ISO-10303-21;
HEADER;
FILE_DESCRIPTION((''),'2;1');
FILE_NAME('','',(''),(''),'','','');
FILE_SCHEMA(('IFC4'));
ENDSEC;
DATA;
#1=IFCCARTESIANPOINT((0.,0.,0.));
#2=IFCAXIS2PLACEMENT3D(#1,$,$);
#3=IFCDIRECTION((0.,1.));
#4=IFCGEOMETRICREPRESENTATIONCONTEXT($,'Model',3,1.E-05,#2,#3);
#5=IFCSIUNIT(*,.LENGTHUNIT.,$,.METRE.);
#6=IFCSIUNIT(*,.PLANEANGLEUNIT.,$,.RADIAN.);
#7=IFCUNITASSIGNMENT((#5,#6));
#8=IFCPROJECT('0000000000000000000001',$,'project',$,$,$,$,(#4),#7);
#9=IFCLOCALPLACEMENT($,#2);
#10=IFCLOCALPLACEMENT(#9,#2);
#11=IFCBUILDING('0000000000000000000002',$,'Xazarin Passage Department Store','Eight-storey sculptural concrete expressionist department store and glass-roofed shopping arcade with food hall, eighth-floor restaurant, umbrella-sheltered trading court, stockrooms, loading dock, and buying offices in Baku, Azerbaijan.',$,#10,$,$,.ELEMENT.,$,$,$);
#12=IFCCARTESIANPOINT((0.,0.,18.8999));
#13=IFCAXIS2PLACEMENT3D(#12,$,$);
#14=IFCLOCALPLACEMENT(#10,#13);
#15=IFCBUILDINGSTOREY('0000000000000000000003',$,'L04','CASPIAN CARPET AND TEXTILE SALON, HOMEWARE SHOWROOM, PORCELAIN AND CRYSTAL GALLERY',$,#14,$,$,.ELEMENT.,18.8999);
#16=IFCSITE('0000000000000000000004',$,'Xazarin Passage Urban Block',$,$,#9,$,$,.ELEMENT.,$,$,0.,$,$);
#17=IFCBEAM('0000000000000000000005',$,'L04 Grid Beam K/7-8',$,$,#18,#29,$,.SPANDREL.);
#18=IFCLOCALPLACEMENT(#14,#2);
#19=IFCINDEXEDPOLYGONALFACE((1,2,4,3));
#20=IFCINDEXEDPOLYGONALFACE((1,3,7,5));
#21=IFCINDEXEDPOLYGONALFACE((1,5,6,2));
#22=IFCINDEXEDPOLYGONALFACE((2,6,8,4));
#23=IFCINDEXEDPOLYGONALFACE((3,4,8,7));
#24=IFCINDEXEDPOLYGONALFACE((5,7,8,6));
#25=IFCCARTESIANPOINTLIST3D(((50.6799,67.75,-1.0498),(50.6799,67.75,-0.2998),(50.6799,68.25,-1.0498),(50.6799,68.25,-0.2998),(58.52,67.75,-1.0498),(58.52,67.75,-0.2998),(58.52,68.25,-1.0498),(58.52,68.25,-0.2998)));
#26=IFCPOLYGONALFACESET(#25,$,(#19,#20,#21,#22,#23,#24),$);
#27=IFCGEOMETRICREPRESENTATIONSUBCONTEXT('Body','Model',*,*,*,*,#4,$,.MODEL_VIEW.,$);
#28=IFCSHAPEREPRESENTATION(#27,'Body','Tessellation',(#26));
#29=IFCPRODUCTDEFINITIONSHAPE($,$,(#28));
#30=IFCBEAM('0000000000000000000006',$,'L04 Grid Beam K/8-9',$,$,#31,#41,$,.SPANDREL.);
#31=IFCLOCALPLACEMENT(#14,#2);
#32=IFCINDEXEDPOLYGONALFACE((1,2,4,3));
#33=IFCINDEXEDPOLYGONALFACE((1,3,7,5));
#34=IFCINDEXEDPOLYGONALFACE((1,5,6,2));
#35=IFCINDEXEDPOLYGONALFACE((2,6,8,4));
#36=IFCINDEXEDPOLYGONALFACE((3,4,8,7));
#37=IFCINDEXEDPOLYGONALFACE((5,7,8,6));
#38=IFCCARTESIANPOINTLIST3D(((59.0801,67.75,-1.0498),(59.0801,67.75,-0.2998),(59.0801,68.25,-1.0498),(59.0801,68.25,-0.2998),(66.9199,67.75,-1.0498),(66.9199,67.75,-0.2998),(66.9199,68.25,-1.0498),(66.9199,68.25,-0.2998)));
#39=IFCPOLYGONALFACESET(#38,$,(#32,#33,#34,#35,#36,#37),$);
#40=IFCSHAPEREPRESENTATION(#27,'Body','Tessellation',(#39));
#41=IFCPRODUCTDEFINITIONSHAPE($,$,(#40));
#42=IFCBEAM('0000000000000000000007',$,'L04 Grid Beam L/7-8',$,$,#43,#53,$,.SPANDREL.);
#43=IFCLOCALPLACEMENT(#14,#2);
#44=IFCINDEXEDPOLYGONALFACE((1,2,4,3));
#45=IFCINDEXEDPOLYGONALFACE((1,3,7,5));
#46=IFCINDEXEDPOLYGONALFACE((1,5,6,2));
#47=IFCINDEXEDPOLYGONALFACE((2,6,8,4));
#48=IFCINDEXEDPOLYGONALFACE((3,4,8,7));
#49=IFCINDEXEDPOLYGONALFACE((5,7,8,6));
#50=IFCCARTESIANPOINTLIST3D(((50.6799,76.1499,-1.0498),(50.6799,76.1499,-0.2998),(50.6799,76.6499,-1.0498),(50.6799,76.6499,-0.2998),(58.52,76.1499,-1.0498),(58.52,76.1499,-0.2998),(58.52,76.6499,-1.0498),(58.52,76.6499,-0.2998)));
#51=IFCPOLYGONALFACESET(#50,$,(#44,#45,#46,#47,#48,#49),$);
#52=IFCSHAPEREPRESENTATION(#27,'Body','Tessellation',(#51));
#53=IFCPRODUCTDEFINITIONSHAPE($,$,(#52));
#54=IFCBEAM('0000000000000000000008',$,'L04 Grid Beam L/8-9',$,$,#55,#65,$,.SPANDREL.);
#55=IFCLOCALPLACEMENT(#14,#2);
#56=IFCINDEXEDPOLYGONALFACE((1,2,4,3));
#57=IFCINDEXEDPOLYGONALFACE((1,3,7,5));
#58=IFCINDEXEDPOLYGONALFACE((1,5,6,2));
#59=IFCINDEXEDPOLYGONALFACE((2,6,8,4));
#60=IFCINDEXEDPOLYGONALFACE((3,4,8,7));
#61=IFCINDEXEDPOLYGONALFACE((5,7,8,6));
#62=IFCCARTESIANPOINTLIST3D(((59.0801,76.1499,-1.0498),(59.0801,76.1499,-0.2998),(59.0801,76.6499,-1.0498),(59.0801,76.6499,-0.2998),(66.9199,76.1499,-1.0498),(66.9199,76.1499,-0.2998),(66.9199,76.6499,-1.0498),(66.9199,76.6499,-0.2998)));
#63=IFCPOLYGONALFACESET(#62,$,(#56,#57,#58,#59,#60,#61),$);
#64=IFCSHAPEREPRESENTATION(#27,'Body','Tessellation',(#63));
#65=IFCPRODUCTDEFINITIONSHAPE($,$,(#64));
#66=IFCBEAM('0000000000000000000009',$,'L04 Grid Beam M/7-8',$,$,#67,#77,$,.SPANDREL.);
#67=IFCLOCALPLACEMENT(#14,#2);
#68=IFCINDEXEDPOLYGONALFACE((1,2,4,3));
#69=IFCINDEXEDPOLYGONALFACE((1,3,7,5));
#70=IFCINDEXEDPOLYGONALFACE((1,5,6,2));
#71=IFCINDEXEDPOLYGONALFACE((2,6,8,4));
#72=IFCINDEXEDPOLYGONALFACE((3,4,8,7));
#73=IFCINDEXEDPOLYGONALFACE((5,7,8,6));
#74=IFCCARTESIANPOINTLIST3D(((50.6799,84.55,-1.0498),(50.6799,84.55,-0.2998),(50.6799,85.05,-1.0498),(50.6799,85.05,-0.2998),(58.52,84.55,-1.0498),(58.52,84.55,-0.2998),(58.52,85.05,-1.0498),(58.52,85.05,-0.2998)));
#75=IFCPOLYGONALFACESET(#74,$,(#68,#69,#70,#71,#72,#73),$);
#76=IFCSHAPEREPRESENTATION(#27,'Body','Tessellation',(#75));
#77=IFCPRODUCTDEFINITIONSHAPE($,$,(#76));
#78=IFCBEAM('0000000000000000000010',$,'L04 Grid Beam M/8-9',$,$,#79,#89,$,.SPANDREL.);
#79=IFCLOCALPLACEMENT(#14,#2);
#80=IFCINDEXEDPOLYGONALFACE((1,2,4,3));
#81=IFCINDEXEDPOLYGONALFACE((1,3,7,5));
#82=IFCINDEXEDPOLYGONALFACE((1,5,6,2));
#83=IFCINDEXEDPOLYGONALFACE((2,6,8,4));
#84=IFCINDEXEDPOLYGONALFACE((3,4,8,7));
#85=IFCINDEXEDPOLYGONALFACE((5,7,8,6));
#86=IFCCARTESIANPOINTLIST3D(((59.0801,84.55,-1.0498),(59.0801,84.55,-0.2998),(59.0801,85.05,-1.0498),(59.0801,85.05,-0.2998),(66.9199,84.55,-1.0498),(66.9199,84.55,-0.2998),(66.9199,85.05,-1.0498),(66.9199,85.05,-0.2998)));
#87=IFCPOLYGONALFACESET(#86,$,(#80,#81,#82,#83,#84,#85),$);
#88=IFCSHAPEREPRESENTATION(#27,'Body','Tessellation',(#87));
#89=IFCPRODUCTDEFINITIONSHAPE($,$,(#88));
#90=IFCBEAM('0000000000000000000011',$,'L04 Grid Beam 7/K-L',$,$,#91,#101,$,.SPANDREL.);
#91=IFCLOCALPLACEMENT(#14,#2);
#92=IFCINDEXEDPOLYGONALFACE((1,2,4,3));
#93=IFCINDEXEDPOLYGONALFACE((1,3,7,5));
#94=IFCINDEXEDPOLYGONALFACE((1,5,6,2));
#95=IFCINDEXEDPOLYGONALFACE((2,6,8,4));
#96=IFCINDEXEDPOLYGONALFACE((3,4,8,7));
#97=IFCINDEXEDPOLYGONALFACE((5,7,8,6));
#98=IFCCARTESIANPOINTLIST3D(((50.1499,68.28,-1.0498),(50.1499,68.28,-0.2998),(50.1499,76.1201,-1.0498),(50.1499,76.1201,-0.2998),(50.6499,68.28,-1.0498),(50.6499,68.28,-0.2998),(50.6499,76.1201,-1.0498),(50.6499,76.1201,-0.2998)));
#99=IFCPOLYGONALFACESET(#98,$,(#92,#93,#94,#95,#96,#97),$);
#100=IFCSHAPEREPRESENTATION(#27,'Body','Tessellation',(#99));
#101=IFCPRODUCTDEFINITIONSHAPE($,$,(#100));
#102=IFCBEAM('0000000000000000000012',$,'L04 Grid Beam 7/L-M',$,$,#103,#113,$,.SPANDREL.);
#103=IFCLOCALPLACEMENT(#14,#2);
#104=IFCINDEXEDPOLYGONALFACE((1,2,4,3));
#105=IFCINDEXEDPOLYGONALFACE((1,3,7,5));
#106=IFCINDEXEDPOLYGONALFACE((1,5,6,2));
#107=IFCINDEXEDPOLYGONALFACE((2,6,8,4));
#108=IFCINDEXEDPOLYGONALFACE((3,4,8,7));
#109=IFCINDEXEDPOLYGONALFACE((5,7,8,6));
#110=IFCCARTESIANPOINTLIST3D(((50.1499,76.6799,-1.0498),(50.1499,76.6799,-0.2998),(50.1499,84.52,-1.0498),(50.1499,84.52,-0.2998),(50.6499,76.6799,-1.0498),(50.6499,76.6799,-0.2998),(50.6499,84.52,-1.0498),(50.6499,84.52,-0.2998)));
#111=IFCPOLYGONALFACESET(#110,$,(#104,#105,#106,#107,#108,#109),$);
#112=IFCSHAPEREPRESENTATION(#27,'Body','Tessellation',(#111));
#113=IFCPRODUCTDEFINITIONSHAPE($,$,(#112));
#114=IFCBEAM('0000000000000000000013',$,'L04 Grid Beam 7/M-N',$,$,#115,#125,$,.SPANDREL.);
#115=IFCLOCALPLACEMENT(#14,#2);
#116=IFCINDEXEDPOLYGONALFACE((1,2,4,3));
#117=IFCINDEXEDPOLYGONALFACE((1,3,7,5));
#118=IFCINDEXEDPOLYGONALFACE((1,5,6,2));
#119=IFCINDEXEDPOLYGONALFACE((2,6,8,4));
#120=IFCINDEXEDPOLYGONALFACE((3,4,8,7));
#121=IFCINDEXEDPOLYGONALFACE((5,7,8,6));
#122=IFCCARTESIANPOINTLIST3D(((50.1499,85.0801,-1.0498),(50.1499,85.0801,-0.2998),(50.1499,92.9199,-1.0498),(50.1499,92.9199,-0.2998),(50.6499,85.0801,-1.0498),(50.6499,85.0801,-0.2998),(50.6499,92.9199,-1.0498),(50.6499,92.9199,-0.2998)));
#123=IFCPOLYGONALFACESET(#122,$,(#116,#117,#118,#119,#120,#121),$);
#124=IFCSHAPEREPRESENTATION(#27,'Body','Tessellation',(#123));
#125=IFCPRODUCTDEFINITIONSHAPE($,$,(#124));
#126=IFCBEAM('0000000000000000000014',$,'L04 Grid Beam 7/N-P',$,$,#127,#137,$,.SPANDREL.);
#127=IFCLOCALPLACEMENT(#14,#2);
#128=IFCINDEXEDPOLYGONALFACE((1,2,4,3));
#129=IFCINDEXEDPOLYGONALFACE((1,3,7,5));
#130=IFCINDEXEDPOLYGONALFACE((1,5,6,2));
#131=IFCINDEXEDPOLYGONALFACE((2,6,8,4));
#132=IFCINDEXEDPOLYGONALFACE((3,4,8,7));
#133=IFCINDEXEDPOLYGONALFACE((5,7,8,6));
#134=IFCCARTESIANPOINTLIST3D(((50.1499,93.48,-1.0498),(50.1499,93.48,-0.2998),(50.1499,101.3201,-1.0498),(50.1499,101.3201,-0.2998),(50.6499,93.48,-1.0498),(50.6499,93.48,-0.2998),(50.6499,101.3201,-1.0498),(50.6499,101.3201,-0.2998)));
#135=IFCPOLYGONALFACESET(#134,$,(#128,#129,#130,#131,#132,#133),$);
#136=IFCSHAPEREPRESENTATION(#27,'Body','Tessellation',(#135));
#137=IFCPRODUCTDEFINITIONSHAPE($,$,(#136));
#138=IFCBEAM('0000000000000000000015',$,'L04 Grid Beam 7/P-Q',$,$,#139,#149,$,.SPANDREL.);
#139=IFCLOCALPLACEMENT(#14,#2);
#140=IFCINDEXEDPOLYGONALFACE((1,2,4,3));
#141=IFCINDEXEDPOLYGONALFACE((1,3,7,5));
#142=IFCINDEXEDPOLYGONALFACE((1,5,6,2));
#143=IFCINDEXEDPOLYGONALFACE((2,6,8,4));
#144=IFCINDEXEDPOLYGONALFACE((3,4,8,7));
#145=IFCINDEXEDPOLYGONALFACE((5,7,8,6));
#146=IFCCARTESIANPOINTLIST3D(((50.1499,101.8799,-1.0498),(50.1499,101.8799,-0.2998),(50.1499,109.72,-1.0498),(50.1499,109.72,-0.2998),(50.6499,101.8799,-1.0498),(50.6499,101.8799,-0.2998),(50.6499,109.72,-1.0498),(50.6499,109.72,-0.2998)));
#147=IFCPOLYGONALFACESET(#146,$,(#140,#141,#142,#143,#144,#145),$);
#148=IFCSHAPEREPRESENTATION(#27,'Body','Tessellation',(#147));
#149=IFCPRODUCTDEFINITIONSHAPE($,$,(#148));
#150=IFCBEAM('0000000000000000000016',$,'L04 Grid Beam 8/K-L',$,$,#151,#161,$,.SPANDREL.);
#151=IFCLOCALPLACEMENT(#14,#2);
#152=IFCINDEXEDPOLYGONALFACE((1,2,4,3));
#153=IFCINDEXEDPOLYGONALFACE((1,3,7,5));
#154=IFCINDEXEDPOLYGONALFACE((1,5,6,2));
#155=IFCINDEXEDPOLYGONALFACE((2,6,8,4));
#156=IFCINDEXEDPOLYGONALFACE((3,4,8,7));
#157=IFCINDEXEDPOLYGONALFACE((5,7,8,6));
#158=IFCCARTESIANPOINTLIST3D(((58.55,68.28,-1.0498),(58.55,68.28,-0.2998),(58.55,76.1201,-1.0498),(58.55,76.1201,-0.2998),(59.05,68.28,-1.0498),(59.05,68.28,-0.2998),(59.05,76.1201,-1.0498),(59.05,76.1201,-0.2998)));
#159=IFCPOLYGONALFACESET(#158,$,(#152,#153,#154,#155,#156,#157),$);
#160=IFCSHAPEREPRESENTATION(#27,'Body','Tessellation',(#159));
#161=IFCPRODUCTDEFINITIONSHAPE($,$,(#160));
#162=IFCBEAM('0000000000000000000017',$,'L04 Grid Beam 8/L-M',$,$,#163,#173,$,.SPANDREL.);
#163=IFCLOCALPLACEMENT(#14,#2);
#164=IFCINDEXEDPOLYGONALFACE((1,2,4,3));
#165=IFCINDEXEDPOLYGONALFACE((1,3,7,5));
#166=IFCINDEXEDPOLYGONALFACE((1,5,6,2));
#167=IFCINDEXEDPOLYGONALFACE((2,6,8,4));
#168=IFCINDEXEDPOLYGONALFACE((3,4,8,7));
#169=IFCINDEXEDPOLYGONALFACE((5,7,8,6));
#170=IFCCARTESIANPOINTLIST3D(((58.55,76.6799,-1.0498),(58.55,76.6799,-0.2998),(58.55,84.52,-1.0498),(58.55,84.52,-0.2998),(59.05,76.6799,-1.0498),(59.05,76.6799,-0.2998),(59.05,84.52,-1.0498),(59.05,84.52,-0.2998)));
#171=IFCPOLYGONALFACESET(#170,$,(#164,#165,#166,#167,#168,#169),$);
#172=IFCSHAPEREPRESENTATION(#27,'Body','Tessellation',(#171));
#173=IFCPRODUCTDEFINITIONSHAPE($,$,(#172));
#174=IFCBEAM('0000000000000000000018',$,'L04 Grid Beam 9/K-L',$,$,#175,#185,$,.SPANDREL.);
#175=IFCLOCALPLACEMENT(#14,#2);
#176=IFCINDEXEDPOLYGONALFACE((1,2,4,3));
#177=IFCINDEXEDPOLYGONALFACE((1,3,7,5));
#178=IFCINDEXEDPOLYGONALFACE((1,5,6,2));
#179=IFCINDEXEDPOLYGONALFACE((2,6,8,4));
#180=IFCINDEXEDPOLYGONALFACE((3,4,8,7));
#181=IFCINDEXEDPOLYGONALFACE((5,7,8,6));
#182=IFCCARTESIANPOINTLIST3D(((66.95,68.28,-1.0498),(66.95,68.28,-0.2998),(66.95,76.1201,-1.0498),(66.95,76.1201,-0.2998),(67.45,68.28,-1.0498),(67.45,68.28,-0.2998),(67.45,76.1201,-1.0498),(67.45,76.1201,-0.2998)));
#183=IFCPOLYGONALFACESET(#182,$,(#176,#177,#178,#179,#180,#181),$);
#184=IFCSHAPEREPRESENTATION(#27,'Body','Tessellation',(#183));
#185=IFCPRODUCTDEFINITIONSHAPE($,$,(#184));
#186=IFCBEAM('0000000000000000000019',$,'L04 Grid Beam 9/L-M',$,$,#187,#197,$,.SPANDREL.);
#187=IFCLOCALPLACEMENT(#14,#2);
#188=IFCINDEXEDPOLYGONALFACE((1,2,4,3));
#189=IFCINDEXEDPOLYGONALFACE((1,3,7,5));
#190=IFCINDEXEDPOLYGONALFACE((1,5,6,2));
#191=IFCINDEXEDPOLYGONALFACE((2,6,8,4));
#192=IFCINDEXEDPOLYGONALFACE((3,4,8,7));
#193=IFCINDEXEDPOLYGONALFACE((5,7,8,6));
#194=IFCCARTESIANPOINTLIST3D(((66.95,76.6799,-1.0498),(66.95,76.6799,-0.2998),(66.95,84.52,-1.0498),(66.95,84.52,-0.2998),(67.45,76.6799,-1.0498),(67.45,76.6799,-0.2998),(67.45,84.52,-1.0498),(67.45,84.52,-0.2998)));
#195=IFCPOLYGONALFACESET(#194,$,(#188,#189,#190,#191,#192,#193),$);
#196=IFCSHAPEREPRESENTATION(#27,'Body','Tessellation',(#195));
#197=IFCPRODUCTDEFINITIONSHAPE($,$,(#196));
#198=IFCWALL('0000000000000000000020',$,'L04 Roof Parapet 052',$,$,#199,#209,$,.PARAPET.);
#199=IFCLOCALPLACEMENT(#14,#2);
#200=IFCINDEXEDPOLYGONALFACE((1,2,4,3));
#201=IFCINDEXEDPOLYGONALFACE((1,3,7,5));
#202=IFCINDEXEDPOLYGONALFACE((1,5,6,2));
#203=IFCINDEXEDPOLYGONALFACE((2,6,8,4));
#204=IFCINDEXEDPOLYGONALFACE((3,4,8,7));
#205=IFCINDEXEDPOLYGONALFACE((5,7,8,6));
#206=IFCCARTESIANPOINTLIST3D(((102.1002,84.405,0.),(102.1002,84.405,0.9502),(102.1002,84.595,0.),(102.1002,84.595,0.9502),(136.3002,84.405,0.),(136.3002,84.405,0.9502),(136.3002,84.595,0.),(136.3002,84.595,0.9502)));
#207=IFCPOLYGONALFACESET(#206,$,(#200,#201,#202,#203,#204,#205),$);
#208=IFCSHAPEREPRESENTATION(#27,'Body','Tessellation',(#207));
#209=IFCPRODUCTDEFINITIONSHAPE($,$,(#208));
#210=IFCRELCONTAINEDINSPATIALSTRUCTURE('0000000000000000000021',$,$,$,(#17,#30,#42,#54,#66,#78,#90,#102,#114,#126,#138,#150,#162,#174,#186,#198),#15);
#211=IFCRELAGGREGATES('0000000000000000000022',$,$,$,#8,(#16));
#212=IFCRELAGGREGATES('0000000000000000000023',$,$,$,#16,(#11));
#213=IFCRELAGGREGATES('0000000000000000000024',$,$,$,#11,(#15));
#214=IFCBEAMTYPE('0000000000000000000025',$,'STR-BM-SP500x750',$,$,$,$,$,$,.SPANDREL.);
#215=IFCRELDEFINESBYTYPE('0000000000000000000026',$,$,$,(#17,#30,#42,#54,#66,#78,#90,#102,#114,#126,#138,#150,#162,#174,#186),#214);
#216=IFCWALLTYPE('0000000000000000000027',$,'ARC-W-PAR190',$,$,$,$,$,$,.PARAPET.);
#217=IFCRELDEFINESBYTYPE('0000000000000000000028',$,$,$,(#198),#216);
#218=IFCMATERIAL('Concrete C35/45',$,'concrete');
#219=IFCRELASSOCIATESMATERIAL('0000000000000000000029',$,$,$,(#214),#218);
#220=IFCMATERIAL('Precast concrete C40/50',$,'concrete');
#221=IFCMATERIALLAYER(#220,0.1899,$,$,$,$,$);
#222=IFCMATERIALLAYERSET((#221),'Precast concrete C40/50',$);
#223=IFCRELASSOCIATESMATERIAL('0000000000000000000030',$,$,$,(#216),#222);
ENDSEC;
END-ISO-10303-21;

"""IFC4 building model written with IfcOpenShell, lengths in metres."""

from ifc_helpers import new_model, si_unit, direction, frame, frame_2d, origin, origin_2d, place, context, subcontext, project, spatial, rectangle, extrude, material, layer, layer_set, material_profile, profile_set, type_object, element, save


model = new_model("IFC4")

# Units and contexts
model_context = context("Model", 3, precision=1e-05, world=origin(), true_north=direction((0.0, 1.0)))
body_context = subcontext(model_context, "Body", "Model", "MODEL_VIEW")
ifc_project = project(units=[si_unit("LENGTHUNIT", "METRE"), si_unit("PLANEANGLEUNIT", "RADIAN")], contexts=[model_context])

# Site, building, storey
site_placement = place(None, origin())
site = spatial("IfcSite", under=ifc_project, at=site_placement, Name="Xazarin Passage Urban Block", CompositionType="ELEMENT", RefElevation=0.0)
building_placement = place(site_placement, origin())
building = spatial("IfcBuilding", under=site, at=building_placement, Name="Xazarin Passage Department Store", Description="Eight-storey sculptural concrete expressionist department store and glass-roofed shopping arcade with food hall, eighth-floor restaurant, umbrella-sheltered trading court, stockrooms, loading dock, and buying offices in Baku, Azerbaijan.", CompositionType="ELEMENT")
storey_placement = place(building_placement, frame((0.0, 0.0, 18.8999)))
storey = spatial("IfcBuildingStorey", under=building, at=storey_placement, Name="L04", Description="CASPIAN CARPET AND TEXTILE SALON, HOMEWARE SHOWROOM, PORCELAIN AND CRYSTAL GALLERY", CompositionType="ELEMENT", Elevation=18.8999)

# Beams
ifc_material_1 = material(Name="Concrete C35/45", Category="concrete")
ifc_material_profile = material_profile(ifc_material_1, rectangle(XDim=0.5, YDim=0.75, at=origin_2d()), Name="RC 500x750")
ifc_profile_set = profile_set([ifc_material_profile], Name="Concrete C35/45")
beam_type = type_object("IfcBeamType", Name="STR-BM-SP500x750", PredefinedType="SPANDREL", material=ifc_profile_set)
beam_1_placement = place(storey_placement, frame((50.6799, 68.0, -0.6748), z_axis=(1.0, 0.0, 0.0), x_axis=(0.0, 1.0, 0.0)))
element("IfcBeam", 1, at=beam_1_placement, inside=storey, type_object=beam_type, Name="L04 Grid Beam K/7-8", PredefinedType="SPANDREL", context=body_context, shape_type="SweptSolid", body=[
    extrude(rectangle(XDim=0.5, YDim=0.75, at=origin_2d()), origin(), (0.0, 0.0, 1.0), 7.8401),
])
beam_2_placement = place(storey_placement, frame((59.0801, 68.0, -0.6748), z_axis=(1.0, 0.0, 0.0), x_axis=(0.0, 1.0, 0.0)))
element("IfcBeam", 2, at=beam_2_placement, inside=storey, type_object=beam_type, Name="L04 Grid Beam K/8-9", PredefinedType="SPANDREL", context=body_context, shape_type="SweptSolid", body=[
    extrude(rectangle(XDim=0.5, YDim=0.75, at=origin_2d()), origin(), (0.0, 0.0, 1.0), 7.8398),
])
beam_3_placement = place(storey_placement, frame((50.6799, 76.3999, -0.6748), z_axis=(1.0, 0.0, 0.0), x_axis=(0.0, 1.0, 0.0)))
element("IfcBeam", 3, at=beam_3_placement, inside=storey, type_object=beam_type, Name="L04 Grid Beam L/7-8", PredefinedType="SPANDREL", context=body_context, shape_type="SweptSolid", body=[
    extrude(rectangle(XDim=0.5, YDim=0.75, at=origin_2d()), origin(), (0.0, 0.0, 1.0), 7.8401),
])
beam_4_placement = place(storey_placement, frame((59.0801, 76.3999, -0.6748), z_axis=(1.0, 0.0, 0.0), x_axis=(0.0, 1.0, 0.0)))
element("IfcBeam", 4, at=beam_4_placement, inside=storey, type_object=beam_type, Name="L04 Grid Beam L/8-9", PredefinedType="SPANDREL", context=body_context, shape_type="SweptSolid", body=[
    extrude(rectangle(XDim=0.5, YDim=0.75, at=origin_2d()), origin(), (0.0, 0.0, 1.0), 7.8398),
])
beam_5_placement = place(storey_placement, frame((50.6799, 84.8, -0.6748), z_axis=(1.0, 0.0, 0.0), x_axis=(0.0, 1.0, 0.0)))
element("IfcBeam", 5, at=beam_5_placement, inside=storey, type_object=beam_type, Name="L04 Grid Beam M/7-8", PredefinedType="SPANDREL", context=body_context, shape_type="SweptSolid", body=[
    extrude(rectangle(XDim=0.5, YDim=0.75, at=origin_2d()), origin(), (0.0, 0.0, 1.0), 7.8401),
])
beam_6_placement = place(storey_placement, frame((59.0801, 84.8, -0.6748), z_axis=(1.0, 0.0, 0.0), x_axis=(0.0, 1.0, 0.0)))
element("IfcBeam", 6, at=beam_6_placement, inside=storey, type_object=beam_type, Name="L04 Grid Beam M/8-9", PredefinedType="SPANDREL", context=body_context, shape_type="SweptSolid", body=[
    extrude(rectangle(XDim=0.5, YDim=0.75, at=origin_2d()), origin(), (0.0, 0.0, 1.0), 7.8398),
])
for number, where, z_axis, x_axis, name in (
    (7, (50.3999, 68.28, -0.6748), (0.0, 1.0, 0.0), (-1.0, 0.0, 0.0), "L04 Grid Beam 7/K-L"),
    (8, (50.3999, 76.6799, -0.6748), (0.0, 1.0, 0.0), (-1.0, 0.0, 0.0), "L04 Grid Beam 7/L-M"),
):
    element("IfcBeam", number, at=place(storey_placement, frame(where, z_axis=z_axis, x_axis=x_axis)), inside=storey, type_object=beam_type, Name=name, PredefinedType="SPANDREL", context=body_context, shape_type="SweptSolid", body=[
        extrude(rectangle(XDim=0.5, YDim=0.75, at=origin_2d()), origin(), (0.0, 0.0, 1.0), 7.8401),
    ])
beam_7_placement = place(storey_placement, frame((50.3999, 85.0801, -0.6748), z_axis=(0.0, 1.0, 0.0), x_axis=(-1.0, 0.0, 0.0)))
element("IfcBeam", 9, at=beam_7_placement, inside=storey, type_object=beam_type, Name="L04 Grid Beam 7/M-N", PredefinedType="SPANDREL", context=body_context, shape_type="SweptSolid", body=[
    extrude(rectangle(XDim=0.5, YDim=0.75, at=origin_2d()), origin(), (0.0, 0.0, 1.0), 7.8398),
])
for number, where, z_axis, x_axis, name in (
    (10, (50.3999, 93.48, -0.6748), (0.0, 1.0, 0.0), (-1.0, 0.0, 0.0), "L04 Grid Beam 7/N-P"),
    (11, (50.3999, 101.8799, -0.6748), (0.0, 1.0, 0.0), (-1.0, 0.0, 0.0), "L04 Grid Beam 7/P-Q"),
    (12, (58.8, 68.28, -0.6748), (0.0, 1.0, 0.0), (-1.0, 0.0, 0.0), "L04 Grid Beam 8/K-L"),
    (13, (58.8, 76.6799, -0.6748), (0.0, 1.0, 0.0), (-1.0, 0.0, 0.0), "L04 Grid Beam 8/L-M"),
    (14, (67.2, 68.28, -0.6748), (0.0, 1.0, 0.0), (-1.0, 0.0, 0.0), "L04 Grid Beam 9/K-L"),
    (15, (67.2, 76.6799, -0.6748), (0.0, 1.0, 0.0), (-1.0, 0.0, 0.0), "L04 Grid Beam 9/L-M"),
):
    element("IfcBeam", number, at=place(storey_placement, frame(where, z_axis=z_axis, x_axis=x_axis)), inside=storey, type_object=beam_type, Name=name, PredefinedType="SPANDREL", context=body_context, shape_type="SweptSolid", body=[
        extrude(rectangle(XDim=0.5, YDim=0.75, at=origin_2d()), origin(), (0.0, 0.0, 1.0), 7.8401),
    ])

# Wall
ifc_material_2 = material(Name="Precast concrete C40/50", Category="concrete")
ifc_layer_1 = layer(ifc_material_2, 0.1899)
ifc_layer_set_1 = layer_set([ifc_layer_1], Name="Precast concrete C40/50")
wall_type_1 = type_object("IfcWallType", Name="ARC-W-PAR190", PredefinedType="PARAPET", material=ifc_layer_set_1)
wall_1_placement = place(storey_placement, frame((102.1001, 84.5, 0.0), z_axis=(0.0, 0.0, 1.0), x_axis=(1.0, 0.0, 0.0)))
element("IfcWall", 16, at=wall_1_placement, inside=storey, type_object=wall_type_1, Name="L04 Roof Parapet 052", PredefinedType="PARAPET", context=body_context, shape_type="SweptSolid", body=[
    extrude(rectangle(XDim=34.2, YDim=0.1899, at=frame_2d((17.1001, 0.0))), origin(), (0.0, 0.0, 1.0), 0.9502),
])

save(model, "model.ifc")
